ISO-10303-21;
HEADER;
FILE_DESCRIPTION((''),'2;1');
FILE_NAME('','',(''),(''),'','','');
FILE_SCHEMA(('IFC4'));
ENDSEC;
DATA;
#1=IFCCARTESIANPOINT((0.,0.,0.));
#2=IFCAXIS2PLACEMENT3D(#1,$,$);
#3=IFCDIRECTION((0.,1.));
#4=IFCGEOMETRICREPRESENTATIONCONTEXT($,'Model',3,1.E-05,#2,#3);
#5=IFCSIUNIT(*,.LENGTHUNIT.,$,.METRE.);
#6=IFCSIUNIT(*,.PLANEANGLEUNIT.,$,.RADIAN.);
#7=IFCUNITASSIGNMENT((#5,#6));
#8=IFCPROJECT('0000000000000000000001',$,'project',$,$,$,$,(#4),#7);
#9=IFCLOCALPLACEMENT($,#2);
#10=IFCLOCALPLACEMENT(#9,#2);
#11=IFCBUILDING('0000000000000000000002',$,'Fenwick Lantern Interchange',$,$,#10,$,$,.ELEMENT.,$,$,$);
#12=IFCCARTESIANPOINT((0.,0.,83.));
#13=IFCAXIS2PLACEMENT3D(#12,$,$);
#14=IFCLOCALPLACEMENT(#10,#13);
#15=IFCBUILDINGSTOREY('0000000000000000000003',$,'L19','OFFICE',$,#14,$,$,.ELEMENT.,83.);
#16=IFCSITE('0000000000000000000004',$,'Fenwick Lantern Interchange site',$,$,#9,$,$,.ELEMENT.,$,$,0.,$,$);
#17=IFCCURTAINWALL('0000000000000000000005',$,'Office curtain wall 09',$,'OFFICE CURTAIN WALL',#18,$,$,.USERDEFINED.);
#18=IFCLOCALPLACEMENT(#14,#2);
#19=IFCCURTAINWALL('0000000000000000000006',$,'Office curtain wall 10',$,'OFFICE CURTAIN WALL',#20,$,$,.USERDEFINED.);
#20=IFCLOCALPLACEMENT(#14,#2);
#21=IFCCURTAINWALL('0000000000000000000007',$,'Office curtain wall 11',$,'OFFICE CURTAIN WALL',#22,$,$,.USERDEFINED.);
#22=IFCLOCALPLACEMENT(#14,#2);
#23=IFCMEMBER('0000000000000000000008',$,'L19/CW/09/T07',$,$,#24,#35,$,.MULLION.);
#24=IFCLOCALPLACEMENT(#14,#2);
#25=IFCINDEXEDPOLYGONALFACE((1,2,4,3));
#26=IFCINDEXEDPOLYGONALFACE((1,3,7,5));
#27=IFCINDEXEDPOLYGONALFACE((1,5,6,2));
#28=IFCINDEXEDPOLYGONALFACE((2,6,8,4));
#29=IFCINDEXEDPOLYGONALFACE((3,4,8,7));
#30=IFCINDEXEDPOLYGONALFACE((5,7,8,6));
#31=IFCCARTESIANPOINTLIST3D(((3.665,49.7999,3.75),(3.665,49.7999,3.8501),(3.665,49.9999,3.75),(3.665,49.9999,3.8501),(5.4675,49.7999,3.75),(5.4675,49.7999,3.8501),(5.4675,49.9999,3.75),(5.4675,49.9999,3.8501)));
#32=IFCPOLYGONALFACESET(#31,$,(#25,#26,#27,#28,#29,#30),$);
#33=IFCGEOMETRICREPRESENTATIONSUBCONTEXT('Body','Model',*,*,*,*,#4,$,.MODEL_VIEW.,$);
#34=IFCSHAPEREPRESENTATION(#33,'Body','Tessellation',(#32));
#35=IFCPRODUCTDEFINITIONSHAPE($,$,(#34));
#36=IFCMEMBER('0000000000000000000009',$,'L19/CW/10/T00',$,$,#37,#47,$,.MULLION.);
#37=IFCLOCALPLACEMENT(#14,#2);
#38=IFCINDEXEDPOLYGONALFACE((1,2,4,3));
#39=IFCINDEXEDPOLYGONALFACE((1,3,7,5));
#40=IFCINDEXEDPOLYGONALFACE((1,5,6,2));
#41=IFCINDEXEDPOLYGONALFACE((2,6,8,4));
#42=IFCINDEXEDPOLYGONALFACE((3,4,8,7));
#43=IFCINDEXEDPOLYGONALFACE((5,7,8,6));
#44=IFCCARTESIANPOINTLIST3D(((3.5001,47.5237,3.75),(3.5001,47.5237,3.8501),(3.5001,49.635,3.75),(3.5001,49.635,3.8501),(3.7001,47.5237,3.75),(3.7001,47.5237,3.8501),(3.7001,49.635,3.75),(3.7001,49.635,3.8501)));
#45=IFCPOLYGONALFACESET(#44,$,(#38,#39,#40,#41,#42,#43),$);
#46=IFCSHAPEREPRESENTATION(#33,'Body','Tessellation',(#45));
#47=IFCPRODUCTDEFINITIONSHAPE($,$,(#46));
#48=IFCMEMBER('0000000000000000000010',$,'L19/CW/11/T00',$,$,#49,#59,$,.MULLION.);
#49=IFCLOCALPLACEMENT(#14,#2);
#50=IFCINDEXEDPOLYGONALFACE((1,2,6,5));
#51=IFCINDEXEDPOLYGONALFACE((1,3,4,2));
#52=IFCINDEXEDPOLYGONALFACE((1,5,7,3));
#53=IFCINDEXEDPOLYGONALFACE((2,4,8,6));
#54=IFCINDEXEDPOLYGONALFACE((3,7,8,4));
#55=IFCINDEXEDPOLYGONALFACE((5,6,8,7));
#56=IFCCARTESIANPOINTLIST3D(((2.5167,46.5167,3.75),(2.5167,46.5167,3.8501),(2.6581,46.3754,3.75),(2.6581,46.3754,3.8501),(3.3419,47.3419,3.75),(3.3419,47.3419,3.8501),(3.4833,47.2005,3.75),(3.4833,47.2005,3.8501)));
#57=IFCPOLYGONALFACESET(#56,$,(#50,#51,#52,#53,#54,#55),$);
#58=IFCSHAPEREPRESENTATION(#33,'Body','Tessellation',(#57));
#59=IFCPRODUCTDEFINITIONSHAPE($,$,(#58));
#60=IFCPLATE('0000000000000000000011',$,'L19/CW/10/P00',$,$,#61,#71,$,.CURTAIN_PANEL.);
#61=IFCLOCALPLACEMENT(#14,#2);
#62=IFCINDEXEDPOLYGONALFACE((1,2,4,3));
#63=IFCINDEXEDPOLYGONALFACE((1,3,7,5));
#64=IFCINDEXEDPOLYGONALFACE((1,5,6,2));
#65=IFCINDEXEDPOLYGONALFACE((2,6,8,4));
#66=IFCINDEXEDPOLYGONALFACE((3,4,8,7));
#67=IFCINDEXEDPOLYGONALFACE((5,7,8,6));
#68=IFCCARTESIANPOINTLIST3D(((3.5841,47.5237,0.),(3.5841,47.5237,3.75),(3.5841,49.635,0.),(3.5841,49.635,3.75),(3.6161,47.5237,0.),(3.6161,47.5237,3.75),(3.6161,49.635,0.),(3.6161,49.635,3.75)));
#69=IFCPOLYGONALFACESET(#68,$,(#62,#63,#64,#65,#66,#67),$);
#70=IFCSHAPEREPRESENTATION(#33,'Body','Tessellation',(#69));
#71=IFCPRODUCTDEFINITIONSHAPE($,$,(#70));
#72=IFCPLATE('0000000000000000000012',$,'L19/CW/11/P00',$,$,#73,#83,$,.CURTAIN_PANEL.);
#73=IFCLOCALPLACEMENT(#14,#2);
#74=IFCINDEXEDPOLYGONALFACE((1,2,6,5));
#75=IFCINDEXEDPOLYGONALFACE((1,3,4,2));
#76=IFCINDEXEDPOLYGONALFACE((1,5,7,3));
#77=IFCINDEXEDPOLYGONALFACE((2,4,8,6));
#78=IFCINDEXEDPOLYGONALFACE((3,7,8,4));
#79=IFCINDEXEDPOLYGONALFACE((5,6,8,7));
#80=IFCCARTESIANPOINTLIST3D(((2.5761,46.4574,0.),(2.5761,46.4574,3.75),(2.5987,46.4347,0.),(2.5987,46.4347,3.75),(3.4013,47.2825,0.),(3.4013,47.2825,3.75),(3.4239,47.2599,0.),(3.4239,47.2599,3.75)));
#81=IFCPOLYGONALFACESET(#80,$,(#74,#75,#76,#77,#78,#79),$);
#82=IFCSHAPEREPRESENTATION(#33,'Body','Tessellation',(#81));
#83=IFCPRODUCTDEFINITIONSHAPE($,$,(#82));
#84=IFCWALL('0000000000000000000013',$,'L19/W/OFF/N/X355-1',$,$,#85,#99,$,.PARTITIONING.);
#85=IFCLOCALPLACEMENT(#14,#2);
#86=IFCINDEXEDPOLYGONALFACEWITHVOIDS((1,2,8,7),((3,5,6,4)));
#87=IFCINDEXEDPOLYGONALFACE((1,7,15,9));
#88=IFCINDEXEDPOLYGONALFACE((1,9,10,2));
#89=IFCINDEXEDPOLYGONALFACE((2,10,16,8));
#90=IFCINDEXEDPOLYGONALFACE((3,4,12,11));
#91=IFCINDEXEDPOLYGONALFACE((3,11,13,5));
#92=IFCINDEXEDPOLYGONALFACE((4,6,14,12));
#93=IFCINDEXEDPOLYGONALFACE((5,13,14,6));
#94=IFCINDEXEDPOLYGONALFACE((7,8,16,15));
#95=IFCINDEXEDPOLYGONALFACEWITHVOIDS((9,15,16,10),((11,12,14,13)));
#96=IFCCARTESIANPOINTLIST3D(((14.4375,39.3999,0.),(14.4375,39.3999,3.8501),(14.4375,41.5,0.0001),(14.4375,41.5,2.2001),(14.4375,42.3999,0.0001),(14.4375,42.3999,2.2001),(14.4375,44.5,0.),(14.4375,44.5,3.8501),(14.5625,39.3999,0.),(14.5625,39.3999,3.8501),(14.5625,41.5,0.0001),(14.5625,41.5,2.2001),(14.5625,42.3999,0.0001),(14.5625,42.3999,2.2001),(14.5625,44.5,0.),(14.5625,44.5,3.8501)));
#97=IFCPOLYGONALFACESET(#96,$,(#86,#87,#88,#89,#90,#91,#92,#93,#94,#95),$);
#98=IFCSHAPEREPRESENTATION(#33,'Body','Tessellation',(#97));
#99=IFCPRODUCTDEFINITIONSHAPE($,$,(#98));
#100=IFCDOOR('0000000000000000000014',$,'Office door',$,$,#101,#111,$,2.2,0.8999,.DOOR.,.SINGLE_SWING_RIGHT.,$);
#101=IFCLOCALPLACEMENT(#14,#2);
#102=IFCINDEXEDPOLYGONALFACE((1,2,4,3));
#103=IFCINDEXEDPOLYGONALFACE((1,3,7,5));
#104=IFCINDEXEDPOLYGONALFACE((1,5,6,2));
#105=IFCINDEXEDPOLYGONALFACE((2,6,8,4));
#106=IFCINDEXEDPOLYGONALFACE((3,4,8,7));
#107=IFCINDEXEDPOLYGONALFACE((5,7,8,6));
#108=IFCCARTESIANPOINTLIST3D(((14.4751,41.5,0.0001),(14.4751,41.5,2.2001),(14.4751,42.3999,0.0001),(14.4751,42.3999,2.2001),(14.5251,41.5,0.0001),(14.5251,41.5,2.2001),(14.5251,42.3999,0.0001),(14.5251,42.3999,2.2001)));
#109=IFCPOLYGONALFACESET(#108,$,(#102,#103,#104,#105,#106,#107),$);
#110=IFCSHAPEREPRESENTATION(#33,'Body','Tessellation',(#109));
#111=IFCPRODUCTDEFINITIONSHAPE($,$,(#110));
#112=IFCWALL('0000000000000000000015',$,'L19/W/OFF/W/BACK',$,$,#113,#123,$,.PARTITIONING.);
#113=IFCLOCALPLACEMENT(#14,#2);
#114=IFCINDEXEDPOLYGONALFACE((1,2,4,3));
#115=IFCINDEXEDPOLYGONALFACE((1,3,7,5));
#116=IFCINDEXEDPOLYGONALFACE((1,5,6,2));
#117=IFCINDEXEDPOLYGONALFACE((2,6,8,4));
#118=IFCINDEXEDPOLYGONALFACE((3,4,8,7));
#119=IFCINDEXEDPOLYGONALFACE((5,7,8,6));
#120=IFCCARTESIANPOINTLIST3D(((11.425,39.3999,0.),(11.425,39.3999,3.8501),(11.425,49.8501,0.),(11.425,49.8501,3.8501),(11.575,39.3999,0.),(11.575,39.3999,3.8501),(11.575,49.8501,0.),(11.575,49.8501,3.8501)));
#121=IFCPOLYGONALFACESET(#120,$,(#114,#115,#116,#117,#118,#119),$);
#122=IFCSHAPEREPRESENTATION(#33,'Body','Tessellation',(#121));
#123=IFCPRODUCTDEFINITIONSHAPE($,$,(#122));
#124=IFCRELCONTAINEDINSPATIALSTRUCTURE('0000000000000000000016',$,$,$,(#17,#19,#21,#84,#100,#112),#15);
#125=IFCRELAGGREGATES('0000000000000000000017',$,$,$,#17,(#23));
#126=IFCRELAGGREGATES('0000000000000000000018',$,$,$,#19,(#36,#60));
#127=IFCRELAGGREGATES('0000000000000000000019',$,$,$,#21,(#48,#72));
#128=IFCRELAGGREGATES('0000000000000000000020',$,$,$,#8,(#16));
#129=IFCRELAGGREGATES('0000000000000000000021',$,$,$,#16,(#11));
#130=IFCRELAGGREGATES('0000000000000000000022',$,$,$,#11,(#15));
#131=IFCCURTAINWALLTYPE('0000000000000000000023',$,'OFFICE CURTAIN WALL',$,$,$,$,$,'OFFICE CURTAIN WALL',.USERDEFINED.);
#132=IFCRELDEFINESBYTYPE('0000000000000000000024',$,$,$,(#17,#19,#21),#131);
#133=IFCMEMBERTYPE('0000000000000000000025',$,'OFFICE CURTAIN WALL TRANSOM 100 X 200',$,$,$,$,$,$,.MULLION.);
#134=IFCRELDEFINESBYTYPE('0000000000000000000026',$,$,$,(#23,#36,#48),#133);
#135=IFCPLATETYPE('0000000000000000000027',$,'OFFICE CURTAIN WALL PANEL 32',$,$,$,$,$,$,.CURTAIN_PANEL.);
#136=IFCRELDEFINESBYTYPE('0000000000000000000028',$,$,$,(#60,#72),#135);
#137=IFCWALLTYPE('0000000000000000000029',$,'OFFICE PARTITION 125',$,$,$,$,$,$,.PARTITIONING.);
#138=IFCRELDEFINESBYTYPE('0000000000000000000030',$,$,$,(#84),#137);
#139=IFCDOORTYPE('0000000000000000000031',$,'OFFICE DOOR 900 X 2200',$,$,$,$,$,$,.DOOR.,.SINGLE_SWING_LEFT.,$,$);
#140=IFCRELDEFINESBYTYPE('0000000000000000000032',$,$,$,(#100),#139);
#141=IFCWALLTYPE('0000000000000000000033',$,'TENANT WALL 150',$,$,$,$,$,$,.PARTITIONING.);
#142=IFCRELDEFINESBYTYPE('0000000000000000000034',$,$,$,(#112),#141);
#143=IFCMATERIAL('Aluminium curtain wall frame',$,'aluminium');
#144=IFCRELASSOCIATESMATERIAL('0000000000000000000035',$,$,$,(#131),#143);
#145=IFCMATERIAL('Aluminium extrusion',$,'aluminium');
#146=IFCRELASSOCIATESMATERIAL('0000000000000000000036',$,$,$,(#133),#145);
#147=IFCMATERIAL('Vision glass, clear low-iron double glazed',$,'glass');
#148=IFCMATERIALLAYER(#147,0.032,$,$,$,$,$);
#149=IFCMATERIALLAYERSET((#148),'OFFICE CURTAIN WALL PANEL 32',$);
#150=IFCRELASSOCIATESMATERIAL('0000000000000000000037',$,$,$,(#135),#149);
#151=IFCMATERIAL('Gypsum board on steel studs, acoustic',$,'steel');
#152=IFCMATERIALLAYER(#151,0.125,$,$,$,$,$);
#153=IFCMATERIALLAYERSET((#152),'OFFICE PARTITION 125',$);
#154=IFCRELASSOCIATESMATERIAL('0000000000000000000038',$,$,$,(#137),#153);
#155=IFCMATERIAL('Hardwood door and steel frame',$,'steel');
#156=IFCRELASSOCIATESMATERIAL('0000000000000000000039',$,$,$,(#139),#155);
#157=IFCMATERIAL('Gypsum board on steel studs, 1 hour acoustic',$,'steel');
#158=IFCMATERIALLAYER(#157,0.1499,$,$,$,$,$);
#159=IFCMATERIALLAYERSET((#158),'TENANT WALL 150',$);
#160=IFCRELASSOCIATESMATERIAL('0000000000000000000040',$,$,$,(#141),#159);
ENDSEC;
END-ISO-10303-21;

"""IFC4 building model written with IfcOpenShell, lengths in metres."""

from ifc_helpers import new_model, si_unit, direction, frame, frame_2d, origin, origin_2d, place, context, subcontext, project, spatial, rectangle, extrude, material, layer, layer_set, material_profile, profile_set, type_object, element, fill, aggregate, save


model = new_model("IFC4")

# Units and contexts
model_context = context("Model", 3, precision=1e-05, world=origin(), true_north=direction((0.0, 1.0)))
body_context = subcontext(model_context, "Body", "Model", "MODEL_VIEW")
ifc_project = project(units=[si_unit("LENGTHUNIT", "METRE"), si_unit("PLANEANGLEUNIT", "RADIAN")], contexts=[model_context])

# Site, building, storey
site_placement = place(None, origin())
site = spatial("IfcSite", under=ifc_project, at=site_placement, Name="Fenwick Lantern Interchange site", CompositionType="ELEMENT", RefElevation=0.0)
building_placement = place(site_placement, origin())
building = spatial("IfcBuilding", under=site, at=building_placement, Name="Fenwick Lantern Interchange", CompositionType="ELEMENT")
storey_placement = place(building_placement, frame((0.0, 0.0, 83.0)))
storey = spatial("IfcBuildingStorey", under=building, at=storey_placement, Name="L19", Description="OFFICE", CompositionType="ELEMENT", Elevation=83.0)

# Curtain walls
ifc_material_1 = material(Name="Aluminium curtain wall frame", Category="aluminium")
curtain_wall_type = type_object("IfcCurtainWallType", Name="OFFICE CURTAIN WALL", ElementType="OFFICE CURTAIN WALL", PredefinedType="USERDEFINED", material=ifc_material_1)
curtain_wall_1_placement = place(storey_placement, origin())
curtain_wall_1 = element("IfcCurtainWall", 1, at=curtain_wall_1_placement, inside=storey, type_object=curtain_wall_type, Name="Office curtain wall 09", ObjectType="OFFICE CURTAIN WALL", PredefinedType="USERDEFINED")
ifc_material_2 = material(Name="Aluminium extrusion", Category="aluminium")
curtain_wall_2_placement = place(storey_placement, origin())
curtain_wall_2 = element("IfcCurtainWall", 2, at=curtain_wall_2_placement, inside=storey, type_object=curtain_wall_type, Name="Office curtain wall 10", ObjectType="OFFICE CURTAIN WALL", PredefinedType="USERDEFINED")

# Curtain wall
curtain_wall_3_placement = place(storey_placement, origin())
curtain_wall_3 = element("IfcCurtainWall", 3, at=curtain_wall_3_placement, inside=storey, type_object=curtain_wall_type, Name="Office curtain wall 11", ObjectType="OFFICE CURTAIN WALL", PredefinedType="USERDEFINED")

# Members
ifc_material_profile_1 = material_profile(ifc_material_2, rectangle(XDim=0.2, YDim=0.1001, at=origin_2d()), Name="OFFICE CURTAIN WALL TRANSOM 100 X 200")
ifc_profile_set_1 = profile_set([ifc_material_profile_1], Name="Aluminium extrusion")
member_type_1 = type_object("IfcMemberType", Name="OFFICE CURTAIN WALL TRANSOM 100 X 200", PredefinedType="MULLION", material=ifc_profile_set_1)
member_1_placement = place(storey_placement, frame((5.4675, 49.8999, 3.8), z_axis=(-1.0, 0.0, 0.0), x_axis=(0.0, -1.0, 0.0)))
member_1 = element("IfcMember", 4, at=member_1_placement, type_object=member_type_1, Name="L19/CW/09/T07", PredefinedType="MULLION", context=body_context, shape_type="SweptSolid", body=[
    extrude(rectangle(XDim=0.2, YDim=0.1001, at=origin_2d()), origin(), (0.0, 0.0, 1.0), 1.8025),
])
aggregate(curtain_wall_1, [member_1])
member_2_placement = place(storey_placement, frame((3.6001, 49.635, 3.8), z_axis=(0.0, -1.0, 0.0), x_axis=(1.0, 0.0, 0.0)))
member_2 = element("IfcMember", 5, at=member_2_placement, type_object=member_type_1, Name="L19/CW/10/T00", PredefinedType="MULLION", context=body_context, shape_type="SweptSolid", body=[
    extrude(rectangle(XDim=0.2, YDim=0.1001, at=origin_2d()), origin(), (0.0, 0.0, 1.0), 2.1113),
])
member_3_placement = place(storey_placement, frame((3.4126, 47.2712, 3.8), z_axis=(-0.707107, -0.707107, 0.0), x_axis=(0.707107, -0.707107, 0.0)))
member_3 = element("IfcMember", 6, at=member_3_placement, type_object=member_type_1, Name="L19/CW/11/T00", PredefinedType="MULLION", context=body_context, shape_type="SweptSolid", body=[
    extrude(rectangle(XDim=0.2, YDim=0.1001, at=origin_2d()), origin(), (0.0, 0.0, 1.0), 1.167),
])

# Plates
ifc_material_3 = material(Name="Vision glass, clear low-iron double glazed", Category="glass")
ifc_layer_1 = layer(ifc_material_3, 0.032)
ifc_layer_set_1 = layer_set([ifc_layer_1], Name="OFFICE CURTAIN WALL PANEL 32")
plate_type = type_object("IfcPlateType", Name="OFFICE CURTAIN WALL PANEL 32", PredefinedType="CURTAIN_PANEL", material=ifc_layer_set_1)
plate_1_placement = place(storey_placement, frame((3.6001, 48.5793, 0.0), z_axis=(0.0, 0.0, 1.0), x_axis=(0.0, -1.0, 0.0)))
plate_1 = element("IfcPlate", 7, at=plate_1_placement, type_object=plate_type, Name="L19/CW/10/P00", PredefinedType="CURTAIN_PANEL", context=body_context, shape_type="SweptSolid", body=[
    extrude(rectangle(XDim=2.1113, YDim=0.032, at=origin_2d()), origin(), (0.0, 0.0, 1.0), 3.75),
])
aggregate(curtain_wall_2, [member_2, plate_1])
plate_2_placement = place(storey_placement, frame((3.0, 46.8586, 0.0), z_axis=(0.0, 0.0, 1.0), x_axis=(-0.707107, -0.707107, 0.0)))
plate_2 = element("IfcPlate", 8, at=plate_2_placement, type_object=plate_type, Name="L19/CW/11/P00", PredefinedType="CURTAIN_PANEL", context=body_context, shape_type="SweptSolid", body=[
    extrude(rectangle(XDim=1.167, YDim=0.032, at=origin_2d()), origin(), (0.0, 0.0, 1.0), 3.75),
])
aggregate(curtain_wall_3, [member_3, plate_2])

# Wall, opening, door
ifc_material_4 = material(Name="Gypsum board on steel studs, acoustic", Category="steel")
ifc_layer_2 = layer(ifc_material_4, 0.125)
ifc_layer_set_2 = layer_set([ifc_layer_2], Name="OFFICE PARTITION 125")
wall_type_1 = type_object("IfcWallType", Name="OFFICE PARTITION 125", PredefinedType="PARTITIONING", material=ifc_layer_set_2)
wall_1_placement = place(storey_placement, frame((14.5, 44.5, 0.0), z_axis=(0.0, 0.0, 1.0), x_axis=(0.0, -1.0, 0.0)))
wall_1 = element("IfcWall", 9, at=wall_1_placement, inside=storey, type_object=wall_type_1, Name="L19/W/OFF/N/X355-1", PredefinedType="PARTITIONING", context=body_context, shape_type="SweptSolid", body=[
    extrude(rectangle(XDim=5.1001, YDim=0.125, at=frame_2d((2.55, 0.0))), origin(), (0.0, 0.0, 1.0), 3.8501),
])
opening_placement = place(wall_1_placement, frame((2.1001, 0.0, 0.0)))
opening = element("IfcOpeningElement", 10, at=opening_placement, cuts=wall_1, PredefinedType="OPENING", context=body_context, shape_type="SweptSolid", body=[
    extrude(rectangle(XDim=0.8999, YDim=2.2, at=frame_2d((0.45, 1.1001))), frame((0.0, 0.0725, 0.0), z_axis=(0.0, -1.0, 0.0), x_axis=(1.0, 0.0, 0.0)), (0.0, 0.0, 1.0), 0.145),
])
ifc_material_5 = material(Name="Hardwood door and steel frame", Category="steel")
door_type = type_object("IfcDoorType", Name="OFFICE DOOR 900 X 2200", OperationType="SINGLE_SWING_LEFT", PredefinedType="DOOR", material=ifc_material_5)
door_placement = place(opening_placement, frame((0.8999, 0.0, 0.0), z_axis=(0.0, 0.0, 1.0), x_axis=(-1.0, 0.0, 0.0)))
door = element("IfcDoor", 11, at=door_placement, inside=storey, type_object=door_type, Name="Office door", OperationType="SINGLE_SWING_RIGHT", OverallHeight=2.2, OverallWidth=0.8999, PredefinedType="DOOR", context=body_context, shape_type="SweptSolid", body=[
    extrude(rectangle(XDim=0.8999, YDim=2.2, at=frame_2d((0.45, 1.1001))), frame((0.0, 0.0249, 0.0), z_axis=(0.0, -1.0, 0.0), x_axis=(1.0, 0.0, 0.0)), (0.0, 0.0, 1.0), 0.05),
])
fill(opening, door)

# Wall
ifc_material_6 = material(Name="Gypsum board on steel studs, 1 hour acoustic", Category="steel")
ifc_layer_3 = layer(ifc_material_6, 0.1499)
ifc_layer_set_3 = layer_set([ifc_layer_3], Name="TENANT WALL 150")
wall_type_2 = type_object("IfcWallType", Name="TENANT WALL 150", PredefinedType="PARTITIONING", material=ifc_layer_set_3)
wall_2_placement = place(storey_placement, frame((11.5, 49.8501, 0.0), z_axis=(0.0, 0.0, 1.0), x_axis=(0.0, -1.0, 0.0)))
element("IfcWall", 12, at=wall_2_placement, inside=storey, type_object=wall_type_2, Name="L19/W/OFF/W/BACK", PredefinedType="PARTITIONING", context=body_context, shape_type="SweptSolid", body=[
    extrude(rectangle(XDim=10.4502, YDim=0.1499, at=frame_2d((5.2251, 0.0))), origin(), (0.0, 0.0, 1.0), 3.8501),
])

save(model, "model.ifc")
